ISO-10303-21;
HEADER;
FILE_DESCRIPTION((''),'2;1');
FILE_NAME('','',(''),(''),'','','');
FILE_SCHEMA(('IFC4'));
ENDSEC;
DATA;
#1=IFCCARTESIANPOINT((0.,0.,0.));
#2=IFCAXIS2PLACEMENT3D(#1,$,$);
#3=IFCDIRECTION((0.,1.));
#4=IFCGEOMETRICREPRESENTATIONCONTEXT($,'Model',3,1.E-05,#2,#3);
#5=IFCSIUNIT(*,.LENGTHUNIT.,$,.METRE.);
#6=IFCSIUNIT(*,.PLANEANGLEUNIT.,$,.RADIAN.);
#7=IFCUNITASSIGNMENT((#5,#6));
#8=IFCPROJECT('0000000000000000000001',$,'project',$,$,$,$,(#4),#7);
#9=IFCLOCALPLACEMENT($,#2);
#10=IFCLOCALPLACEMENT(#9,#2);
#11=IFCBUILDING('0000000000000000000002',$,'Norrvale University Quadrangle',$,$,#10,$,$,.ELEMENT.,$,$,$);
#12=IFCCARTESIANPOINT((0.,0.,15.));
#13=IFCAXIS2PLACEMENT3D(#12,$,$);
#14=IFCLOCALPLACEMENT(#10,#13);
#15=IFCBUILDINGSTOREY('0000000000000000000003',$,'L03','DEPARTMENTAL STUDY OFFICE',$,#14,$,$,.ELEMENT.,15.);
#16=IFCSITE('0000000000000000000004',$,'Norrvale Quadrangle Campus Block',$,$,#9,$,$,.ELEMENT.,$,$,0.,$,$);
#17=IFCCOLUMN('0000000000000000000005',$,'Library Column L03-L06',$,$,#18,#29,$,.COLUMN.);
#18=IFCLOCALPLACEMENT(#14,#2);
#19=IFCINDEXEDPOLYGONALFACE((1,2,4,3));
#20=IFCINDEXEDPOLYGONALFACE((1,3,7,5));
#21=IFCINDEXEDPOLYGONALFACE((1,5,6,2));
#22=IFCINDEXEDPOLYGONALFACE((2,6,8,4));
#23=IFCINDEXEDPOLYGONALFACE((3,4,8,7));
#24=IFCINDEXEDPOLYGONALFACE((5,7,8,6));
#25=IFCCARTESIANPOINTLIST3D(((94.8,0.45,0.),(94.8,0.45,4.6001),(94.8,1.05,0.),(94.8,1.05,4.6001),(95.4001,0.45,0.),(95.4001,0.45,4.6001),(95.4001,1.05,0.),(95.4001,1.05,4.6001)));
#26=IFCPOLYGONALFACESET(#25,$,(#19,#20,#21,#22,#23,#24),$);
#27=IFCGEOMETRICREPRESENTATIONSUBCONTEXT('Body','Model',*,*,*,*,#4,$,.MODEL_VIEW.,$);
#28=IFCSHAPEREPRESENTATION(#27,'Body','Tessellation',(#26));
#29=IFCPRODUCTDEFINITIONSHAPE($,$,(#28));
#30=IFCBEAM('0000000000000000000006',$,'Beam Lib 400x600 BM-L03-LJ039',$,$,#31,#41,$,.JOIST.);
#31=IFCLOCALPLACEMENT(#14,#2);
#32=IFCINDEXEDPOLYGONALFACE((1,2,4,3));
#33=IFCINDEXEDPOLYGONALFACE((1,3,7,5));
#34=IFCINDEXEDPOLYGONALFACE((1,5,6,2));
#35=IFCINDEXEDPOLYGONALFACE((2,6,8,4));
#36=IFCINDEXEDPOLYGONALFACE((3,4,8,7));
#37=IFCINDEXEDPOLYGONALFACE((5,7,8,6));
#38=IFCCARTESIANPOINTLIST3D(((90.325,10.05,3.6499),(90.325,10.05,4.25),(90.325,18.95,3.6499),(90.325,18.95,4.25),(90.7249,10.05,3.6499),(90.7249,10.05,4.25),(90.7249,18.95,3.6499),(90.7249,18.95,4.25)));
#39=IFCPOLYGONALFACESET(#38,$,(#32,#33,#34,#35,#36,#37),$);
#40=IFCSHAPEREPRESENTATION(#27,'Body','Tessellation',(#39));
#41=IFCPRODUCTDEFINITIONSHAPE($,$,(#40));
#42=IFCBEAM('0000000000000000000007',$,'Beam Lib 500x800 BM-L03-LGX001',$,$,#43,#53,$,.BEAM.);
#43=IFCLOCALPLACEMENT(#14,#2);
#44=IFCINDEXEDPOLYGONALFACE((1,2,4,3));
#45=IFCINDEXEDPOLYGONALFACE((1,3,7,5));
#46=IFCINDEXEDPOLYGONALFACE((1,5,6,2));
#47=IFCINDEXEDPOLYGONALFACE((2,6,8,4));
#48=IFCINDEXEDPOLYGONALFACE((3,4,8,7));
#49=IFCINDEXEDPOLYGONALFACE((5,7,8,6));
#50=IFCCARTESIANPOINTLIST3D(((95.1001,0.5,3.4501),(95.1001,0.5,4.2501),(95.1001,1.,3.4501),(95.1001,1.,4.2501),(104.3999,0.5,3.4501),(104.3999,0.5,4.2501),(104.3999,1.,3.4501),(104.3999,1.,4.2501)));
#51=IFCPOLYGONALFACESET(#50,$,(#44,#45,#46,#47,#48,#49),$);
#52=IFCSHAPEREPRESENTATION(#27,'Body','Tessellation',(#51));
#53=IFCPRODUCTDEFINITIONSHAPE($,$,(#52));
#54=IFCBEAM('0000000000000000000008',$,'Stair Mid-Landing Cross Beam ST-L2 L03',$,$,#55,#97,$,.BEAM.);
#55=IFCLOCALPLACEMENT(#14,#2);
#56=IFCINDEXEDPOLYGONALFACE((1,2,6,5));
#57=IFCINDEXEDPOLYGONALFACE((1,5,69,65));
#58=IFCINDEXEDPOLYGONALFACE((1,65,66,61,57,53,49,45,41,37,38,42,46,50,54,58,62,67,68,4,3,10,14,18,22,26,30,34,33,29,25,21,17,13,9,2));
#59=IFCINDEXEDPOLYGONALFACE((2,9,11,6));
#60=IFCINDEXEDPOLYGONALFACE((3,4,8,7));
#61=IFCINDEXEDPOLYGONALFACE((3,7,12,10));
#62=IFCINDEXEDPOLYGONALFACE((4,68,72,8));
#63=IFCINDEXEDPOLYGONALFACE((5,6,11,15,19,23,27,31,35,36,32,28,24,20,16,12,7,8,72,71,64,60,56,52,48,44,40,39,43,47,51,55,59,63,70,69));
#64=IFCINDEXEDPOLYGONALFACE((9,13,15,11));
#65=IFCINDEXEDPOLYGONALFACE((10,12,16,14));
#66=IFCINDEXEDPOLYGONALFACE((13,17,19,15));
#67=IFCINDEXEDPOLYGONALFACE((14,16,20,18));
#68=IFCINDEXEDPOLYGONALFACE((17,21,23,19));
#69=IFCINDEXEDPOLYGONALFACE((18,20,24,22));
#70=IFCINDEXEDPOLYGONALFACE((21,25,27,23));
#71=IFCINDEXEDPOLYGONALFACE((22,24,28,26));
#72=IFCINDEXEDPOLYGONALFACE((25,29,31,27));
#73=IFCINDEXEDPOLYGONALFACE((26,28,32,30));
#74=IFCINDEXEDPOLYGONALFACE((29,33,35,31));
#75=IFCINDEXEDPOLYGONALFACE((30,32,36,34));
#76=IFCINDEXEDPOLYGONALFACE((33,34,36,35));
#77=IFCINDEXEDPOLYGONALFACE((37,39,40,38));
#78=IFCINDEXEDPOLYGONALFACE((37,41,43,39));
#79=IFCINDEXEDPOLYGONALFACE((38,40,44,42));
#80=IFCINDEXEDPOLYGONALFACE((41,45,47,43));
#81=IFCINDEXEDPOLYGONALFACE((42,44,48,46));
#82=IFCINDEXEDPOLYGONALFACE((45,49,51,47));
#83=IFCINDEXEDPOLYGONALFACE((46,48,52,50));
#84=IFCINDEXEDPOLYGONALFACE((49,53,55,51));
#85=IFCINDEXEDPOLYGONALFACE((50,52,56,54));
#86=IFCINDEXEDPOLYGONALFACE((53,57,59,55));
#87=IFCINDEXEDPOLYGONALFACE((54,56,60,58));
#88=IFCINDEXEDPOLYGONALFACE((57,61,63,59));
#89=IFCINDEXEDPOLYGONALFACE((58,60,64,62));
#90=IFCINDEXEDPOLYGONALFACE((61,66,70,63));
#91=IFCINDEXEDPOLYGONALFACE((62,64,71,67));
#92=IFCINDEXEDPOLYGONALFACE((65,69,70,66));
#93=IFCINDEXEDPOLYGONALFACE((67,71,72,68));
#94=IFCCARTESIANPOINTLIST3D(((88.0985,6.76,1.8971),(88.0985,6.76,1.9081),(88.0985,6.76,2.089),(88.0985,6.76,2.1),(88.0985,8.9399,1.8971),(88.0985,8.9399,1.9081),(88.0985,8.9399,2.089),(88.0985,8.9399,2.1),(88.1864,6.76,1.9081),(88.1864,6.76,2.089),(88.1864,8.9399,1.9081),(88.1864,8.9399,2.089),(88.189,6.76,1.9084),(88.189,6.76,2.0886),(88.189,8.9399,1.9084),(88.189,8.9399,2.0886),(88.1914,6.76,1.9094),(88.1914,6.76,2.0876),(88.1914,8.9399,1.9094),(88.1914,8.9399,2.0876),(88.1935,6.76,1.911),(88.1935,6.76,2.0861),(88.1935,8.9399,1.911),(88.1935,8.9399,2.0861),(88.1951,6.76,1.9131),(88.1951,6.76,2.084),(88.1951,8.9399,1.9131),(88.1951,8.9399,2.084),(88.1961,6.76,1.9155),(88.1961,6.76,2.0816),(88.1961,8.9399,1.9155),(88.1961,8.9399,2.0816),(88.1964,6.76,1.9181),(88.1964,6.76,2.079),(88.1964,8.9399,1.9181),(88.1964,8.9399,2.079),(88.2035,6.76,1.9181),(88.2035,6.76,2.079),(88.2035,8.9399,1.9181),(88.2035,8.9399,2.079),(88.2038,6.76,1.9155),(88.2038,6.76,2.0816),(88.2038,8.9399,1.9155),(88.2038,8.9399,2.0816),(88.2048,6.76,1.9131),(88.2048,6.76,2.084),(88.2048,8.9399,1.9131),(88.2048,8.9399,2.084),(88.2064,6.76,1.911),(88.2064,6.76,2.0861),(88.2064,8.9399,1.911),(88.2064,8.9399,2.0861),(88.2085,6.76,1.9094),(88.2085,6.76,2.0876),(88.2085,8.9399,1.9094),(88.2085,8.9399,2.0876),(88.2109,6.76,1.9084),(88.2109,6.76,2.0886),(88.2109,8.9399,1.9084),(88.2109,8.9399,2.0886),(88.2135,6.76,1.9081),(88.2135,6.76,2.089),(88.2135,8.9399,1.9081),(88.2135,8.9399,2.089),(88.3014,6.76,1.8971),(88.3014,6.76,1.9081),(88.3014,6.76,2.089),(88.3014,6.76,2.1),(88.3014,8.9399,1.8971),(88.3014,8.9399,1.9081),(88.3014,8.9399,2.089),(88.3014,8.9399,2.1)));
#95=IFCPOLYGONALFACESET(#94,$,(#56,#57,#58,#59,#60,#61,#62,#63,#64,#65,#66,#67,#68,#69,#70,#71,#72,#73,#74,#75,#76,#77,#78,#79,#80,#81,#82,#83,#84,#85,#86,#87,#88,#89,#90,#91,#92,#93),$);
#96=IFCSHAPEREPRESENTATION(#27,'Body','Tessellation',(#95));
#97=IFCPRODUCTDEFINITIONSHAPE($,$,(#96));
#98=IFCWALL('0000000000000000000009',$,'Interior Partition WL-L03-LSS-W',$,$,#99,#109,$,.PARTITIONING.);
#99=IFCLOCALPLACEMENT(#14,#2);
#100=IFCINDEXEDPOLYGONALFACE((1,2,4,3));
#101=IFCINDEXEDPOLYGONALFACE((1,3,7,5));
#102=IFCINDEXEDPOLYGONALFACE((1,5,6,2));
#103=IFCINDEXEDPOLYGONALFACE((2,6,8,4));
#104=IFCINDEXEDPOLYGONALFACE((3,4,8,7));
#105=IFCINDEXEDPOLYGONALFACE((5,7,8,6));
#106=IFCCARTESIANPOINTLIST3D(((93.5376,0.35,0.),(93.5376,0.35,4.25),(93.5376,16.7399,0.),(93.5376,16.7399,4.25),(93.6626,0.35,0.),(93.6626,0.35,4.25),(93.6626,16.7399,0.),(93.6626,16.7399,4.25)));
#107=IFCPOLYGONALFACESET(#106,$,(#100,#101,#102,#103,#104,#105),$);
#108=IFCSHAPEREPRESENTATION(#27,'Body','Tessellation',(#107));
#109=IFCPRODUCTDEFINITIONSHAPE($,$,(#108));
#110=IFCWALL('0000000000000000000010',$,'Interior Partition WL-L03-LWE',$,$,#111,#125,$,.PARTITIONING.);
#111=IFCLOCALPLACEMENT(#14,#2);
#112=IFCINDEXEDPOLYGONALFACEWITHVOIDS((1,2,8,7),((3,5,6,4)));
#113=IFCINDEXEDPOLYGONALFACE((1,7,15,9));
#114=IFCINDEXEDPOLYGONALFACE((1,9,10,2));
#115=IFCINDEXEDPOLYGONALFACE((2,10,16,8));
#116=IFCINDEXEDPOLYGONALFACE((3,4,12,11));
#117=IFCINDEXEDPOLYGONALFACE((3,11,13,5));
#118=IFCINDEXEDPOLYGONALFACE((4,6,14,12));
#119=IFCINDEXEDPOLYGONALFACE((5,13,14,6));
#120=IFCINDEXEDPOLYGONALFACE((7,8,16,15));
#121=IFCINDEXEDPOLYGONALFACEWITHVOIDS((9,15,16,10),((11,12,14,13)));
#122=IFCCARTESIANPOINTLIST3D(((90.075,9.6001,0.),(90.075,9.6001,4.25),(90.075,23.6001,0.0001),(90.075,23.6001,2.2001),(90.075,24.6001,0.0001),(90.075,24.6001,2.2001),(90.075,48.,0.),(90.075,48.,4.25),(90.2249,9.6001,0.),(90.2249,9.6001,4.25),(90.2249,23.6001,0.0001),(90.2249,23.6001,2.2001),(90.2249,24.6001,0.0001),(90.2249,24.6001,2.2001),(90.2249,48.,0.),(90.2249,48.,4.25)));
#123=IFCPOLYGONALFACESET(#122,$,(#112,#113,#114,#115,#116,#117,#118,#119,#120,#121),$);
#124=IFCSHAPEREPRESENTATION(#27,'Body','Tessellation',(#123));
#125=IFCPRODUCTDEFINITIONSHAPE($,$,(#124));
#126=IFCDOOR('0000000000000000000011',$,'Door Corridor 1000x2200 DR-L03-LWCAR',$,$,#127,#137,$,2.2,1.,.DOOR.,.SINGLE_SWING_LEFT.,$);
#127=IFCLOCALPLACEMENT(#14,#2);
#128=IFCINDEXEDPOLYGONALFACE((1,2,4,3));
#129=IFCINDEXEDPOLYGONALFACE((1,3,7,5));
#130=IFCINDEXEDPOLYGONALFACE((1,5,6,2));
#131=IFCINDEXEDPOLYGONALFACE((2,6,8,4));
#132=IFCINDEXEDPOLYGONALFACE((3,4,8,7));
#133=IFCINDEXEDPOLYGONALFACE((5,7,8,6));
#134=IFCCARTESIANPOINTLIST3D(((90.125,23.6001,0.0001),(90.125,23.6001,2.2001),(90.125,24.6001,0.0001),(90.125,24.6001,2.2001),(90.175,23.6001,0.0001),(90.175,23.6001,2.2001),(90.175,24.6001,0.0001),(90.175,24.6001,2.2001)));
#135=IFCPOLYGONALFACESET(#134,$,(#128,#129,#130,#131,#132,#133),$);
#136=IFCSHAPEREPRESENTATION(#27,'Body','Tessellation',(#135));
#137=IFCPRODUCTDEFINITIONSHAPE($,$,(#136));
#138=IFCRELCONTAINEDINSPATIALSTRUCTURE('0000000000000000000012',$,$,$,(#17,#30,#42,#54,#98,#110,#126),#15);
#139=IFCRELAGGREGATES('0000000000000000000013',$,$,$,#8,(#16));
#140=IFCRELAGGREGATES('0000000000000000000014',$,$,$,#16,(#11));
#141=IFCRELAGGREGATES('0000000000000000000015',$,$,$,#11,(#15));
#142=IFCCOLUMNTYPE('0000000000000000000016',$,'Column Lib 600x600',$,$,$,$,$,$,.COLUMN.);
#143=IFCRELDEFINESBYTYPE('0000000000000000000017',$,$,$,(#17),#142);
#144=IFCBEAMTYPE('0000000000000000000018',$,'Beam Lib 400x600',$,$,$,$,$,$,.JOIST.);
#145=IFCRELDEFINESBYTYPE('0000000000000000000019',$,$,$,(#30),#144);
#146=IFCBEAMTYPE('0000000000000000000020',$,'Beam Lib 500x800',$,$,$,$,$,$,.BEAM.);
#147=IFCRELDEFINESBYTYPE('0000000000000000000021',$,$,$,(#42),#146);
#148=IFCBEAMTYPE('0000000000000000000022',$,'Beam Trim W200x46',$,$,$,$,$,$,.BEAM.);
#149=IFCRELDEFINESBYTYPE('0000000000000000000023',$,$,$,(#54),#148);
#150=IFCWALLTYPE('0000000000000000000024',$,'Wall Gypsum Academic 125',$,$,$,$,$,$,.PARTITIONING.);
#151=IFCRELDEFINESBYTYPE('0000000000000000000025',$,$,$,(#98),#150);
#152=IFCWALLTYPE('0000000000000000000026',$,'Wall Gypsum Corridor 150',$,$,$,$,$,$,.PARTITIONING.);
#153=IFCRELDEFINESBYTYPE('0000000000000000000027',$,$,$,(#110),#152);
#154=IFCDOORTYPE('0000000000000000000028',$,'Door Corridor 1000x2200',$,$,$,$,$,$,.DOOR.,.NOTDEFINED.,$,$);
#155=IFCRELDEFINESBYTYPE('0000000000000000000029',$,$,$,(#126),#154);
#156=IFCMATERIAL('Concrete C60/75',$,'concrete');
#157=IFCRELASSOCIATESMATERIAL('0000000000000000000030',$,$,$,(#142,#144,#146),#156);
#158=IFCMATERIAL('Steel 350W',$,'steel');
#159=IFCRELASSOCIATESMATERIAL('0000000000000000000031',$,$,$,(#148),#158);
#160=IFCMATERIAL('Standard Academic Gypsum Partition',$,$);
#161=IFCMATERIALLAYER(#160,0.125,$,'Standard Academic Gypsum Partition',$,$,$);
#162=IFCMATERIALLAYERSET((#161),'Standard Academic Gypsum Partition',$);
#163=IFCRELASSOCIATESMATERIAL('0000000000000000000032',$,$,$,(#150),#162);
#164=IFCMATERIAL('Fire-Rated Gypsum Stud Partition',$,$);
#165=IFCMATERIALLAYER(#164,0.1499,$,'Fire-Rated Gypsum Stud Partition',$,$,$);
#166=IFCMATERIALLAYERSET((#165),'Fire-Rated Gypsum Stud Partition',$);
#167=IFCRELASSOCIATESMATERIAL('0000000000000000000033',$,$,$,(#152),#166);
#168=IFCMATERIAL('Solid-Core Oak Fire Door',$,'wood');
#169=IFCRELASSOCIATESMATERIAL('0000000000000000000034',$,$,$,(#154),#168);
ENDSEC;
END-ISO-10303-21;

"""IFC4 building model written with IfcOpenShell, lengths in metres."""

from ifc_helpers import new_model, si_unit, direction, frame, frame_2d, origin, origin_2d, place, context, subcontext, project, spatial, rectangle, i_section, extrude, material, layer, layer_set, material_profile, profile_set, type_object, element, fill, save


model = new_model("IFC4")

# Units and contexts
model_context = context("Model", 3, precision=1e-05, world=origin(), true_north=direction((0.0, 1.0)))
body_context = subcontext(model_context, "Body", "Model", "MODEL_VIEW")
ifc_project = project(units=[si_unit("LENGTHUNIT", "METRE"), si_unit("PLANEANGLEUNIT", "RADIAN")], contexts=[model_context])

# Site, building, storey
site_placement = place(None, origin())
site = spatial("IfcSite", under=ifc_project, at=site_placement, Name="Norrvale Quadrangle Campus Block", CompositionType="ELEMENT", RefElevation=0.0)
building_placement = place(site_placement, origin())
building = spatial("IfcBuilding", under=site, at=building_placement, Name="Norrvale University Quadrangle", CompositionType="ELEMENT")
storey_placement = place(building_placement, frame((0.0, 0.0, 15.0)))
storey = spatial("IfcBuildingStorey", under=building, at=storey_placement, Name="L03", Description="DEPARTMENTAL STUDY OFFICE", CompositionType="ELEMENT", Elevation=15.0)

# Column
ifc_material_1 = material(Name="Concrete C60/75", Category="concrete")
ifc_material_profile_1 = material_profile(ifc_material_1, rectangle(XDim=0.6001, YDim=0.6001, at=origin_2d()), Name="Concrete C60/75")
ifc_profile_set_1 = profile_set([ifc_material_profile_1], Name="Concrete C60/75")
column_type = type_object("IfcColumnType", Name="Column Lib 600x600", PredefinedType="COLUMN", material=ifc_profile_set_1)
column_placement = place(storey_placement, frame((95.1001, 0.75, 0.0), z_axis=(0.0, 0.0, 1.0), x_axis=(1.0, 0.0, 0.0)))
element("IfcColumn", 1, at=column_placement, inside=storey, type_object=column_type, Name="Library Column L03-L06", PredefinedType="COLUMN", context=body_context, shape_type="SweptSolid", body=[
    extrude(rectangle(XDim=0.6001, YDim=0.6001, at=origin_2d()), origin(), (0.0, 0.0, 1.0), 4.6001),
])

# Beams
ifc_material_profile_2 = material_profile(ifc_material_1, rectangle(XDim=0.3999, YDim=0.6001, at=origin_2d()), Name="Concrete C60/75")
ifc_profile_set_2 = profile_set([ifc_material_profile_2], Name="Concrete C60/75")
beam_type_1 = type_object("IfcBeamType", Name="Beam Lib 400x600", PredefinedType="JOIST", material=ifc_profile_set_2)
beam_1_placement = place(storey_placement, frame((90.5249, 10.05, 3.95), z_axis=(0.0, 1.0, 0.0), x_axis=(-1.0, 0.0, 0.0)))
element("IfcBeam", 2, at=beam_1_placement, inside=storey, type_object=beam_type_1, Name="Beam Lib 400x600 BM-L03-LJ039", PredefinedType="JOIST", context=body_context, shape_type="SweptSolid", body=[
    extrude(rectangle(XDim=0.3999, YDim=0.6001, at=origin_2d()), origin(), (0.0, 0.0, 1.0), 8.8999),
])
ifc_material_profile_3 = material_profile(ifc_material_1, rectangle(XDim=0.5, YDim=0.8, at=origin_2d()), Name="Concrete C60/75")
ifc_profile_set_3 = profile_set([ifc_material_profile_3], Name="Concrete C60/75")
beam_type_2 = type_object("IfcBeamType", Name="Beam Lib 500x800", PredefinedType="BEAM", material=ifc_profile_set_3)
beam_2_placement = place(storey_placement, frame((95.1001, 0.75, 3.8501), z_axis=(1.0, 0.0, 0.0), x_axis=(0.0, 1.0, 0.0)))
element("IfcBeam", 3, at=beam_2_placement, inside=storey, type_object=beam_type_2, Name="Beam Lib 500x800 BM-L03-LGX001", PredefinedType="BEAM", context=body_context, shape_type="SweptSolid", body=[
    extrude(rectangle(XDim=0.5, YDim=0.8, at=origin_2d()), origin(), (0.0, 0.0, 1.0), 9.2998),
])
ifc_material_2 = material(Name="Steel 350W", Category="steel")
ifc_material_profile_4 = material_profile(ifc_material_2, i_section(OverallWidth=0.2029, OverallDepth=0.2029, WebThickness=0.0071, FlangeThickness=0.011, FilletRadius=0.01, at=origin_2d()), Name="Steel 350W")
ifc_profile_set_4 = profile_set([ifc_material_profile_4], Name="Steel 350W")
beam_type_3 = type_object("IfcBeamType", Name="Beam Trim W200x46", PredefinedType="BEAM", material=ifc_profile_set_4)
beam_3_placement = place(storey_placement, frame((88.2, 6.76, 1.9985), z_axis=(0.0, 1.0, 0.0), x_axis=(-1.0, 0.0, 0.0)))
element("IfcBeam", 4, at=beam_3_placement, inside=storey, type_object=beam_type_3, Name="Stair Mid-Landing Cross Beam ST-L2 L03", PredefinedType="BEAM", context=body_context, shape_type="SweptSolid", body=[
    extrude(i_section(OverallWidth=0.2029, OverallDepth=0.2029, WebThickness=0.0071, FlangeThickness=0.011, FilletRadius=0.01, at=origin_2d()), origin(), (0.0, 0.0, 1.0), 2.1799),
])

# Wall
ifc_material_3 = material(Name="Standard Academic Gypsum Partition")
ifc_layer_1 = layer(ifc_material_3, 0.125, Name="Standard Academic Gypsum Partition")
ifc_layer_set_1 = layer_set([ifc_layer_1], Name="Standard Academic Gypsum Partition")
wall_type_1 = type_object("IfcWallType", Name="Wall Gypsum Academic 125", PredefinedType="PARTITIONING", material=ifc_layer_set_1)
wall_1_placement = place(storey_placement, frame((93.6001, 0.3501, 0.0), z_axis=(0.0, 0.0, 1.0), x_axis=(0.0, 1.0, 0.0)))
element("IfcWall", 5, at=wall_1_placement, inside=storey, type_object=wall_type_1, Name="Interior Partition WL-L03-LSS-W", PredefinedType="PARTITIONING", context=body_context, shape_type="SweptSolid", body=[
    extrude(rectangle(XDim=16.3899, YDim=0.125, at=frame_2d((8.1948, 0.0))), origin(), (0.0, 0.0, 1.0), 4.25),
])

# Wall, opening, door
ifc_material_4 = material(Name="Fire-Rated Gypsum Stud Partition")
ifc_layer_2 = layer(ifc_material_4, 0.1499, Name="Fire-Rated Gypsum Stud Partition")
ifc_layer_set_2 = layer_set([ifc_layer_2], Name="Fire-Rated Gypsum Stud Partition")
wall_type_2 = type_object("IfcWallType", Name="Wall Gypsum Corridor 150", PredefinedType="PARTITIONING", material=ifc_layer_set_2)
wall_2_placement = place(storey_placement, frame((90.1499, 9.6001, 0.0), z_axis=(0.0, 0.0, 1.0), x_axis=(0.0, 1.0, 0.0)))
wall_2 = element("IfcWall", 6, at=wall_2_placement, inside=storey, type_object=wall_type_2, Name="Interior Partition WL-L03-LWE", PredefinedType="PARTITIONING", context=body_context, shape_type="SweptSolid", body=[
    extrude(rectangle(XDim=38.3999, YDim=0.1499, at=frame_2d((19.2, 0.0))), origin(), (0.0, 0.0, 1.0), 4.25),
])
opening_1_placement = place(wall_2_placement, frame((14.0, 0.0, 0.0)))
opening_1 = element("IfcOpeningElement", 7, at=opening_1_placement, cuts=wall_2, PredefinedType="OPENING", context=body_context, shape_type="SweptSolid", body=[
    extrude(rectangle(XDim=1.0, YDim=2.2, at=frame_2d((0.5, 1.1001))), frame((0.0, 0.0869, 0.0), z_axis=(0.0, -1.0, 0.0), x_axis=(1.0, 0.0, 0.0)), (0.0, 0.0, 1.0), 0.1738),
])
ifc_material_5 = material(Name="Solid-Core Oak Fire Door", Category="wood")
door_type_1 = type_object("IfcDoorType", Name="Door Corridor 1000x2200", OperationType="NOTDEFINED", PredefinedType="DOOR", material=ifc_material_5)
door_1_placement = place(opening_1_placement, origin())
door_1 = element("IfcDoor", 8, at=door_1_placement, inside=storey, type_object=door_type_1, Name="Door Corridor 1000x2200 DR-L03-LWCAR", OperationType="SINGLE_SWING_LEFT", OverallHeight=2.2, OverallWidth=1.0, PredefinedType="DOOR", context=body_context, shape_type="SweptSolid", body=[
    extrude(rectangle(XDim=1.0, YDim=2.2, at=frame_2d((0.5, 1.1001))), frame((0.0, 0.0249, 0.0), z_axis=(0.0, -1.0, 0.0), x_axis=(1.0, 0.0, 0.0)), (0.0, 0.0, 1.0), 0.05),
])
fill(opening_1, door_1)

save(model, "model.ifc")
